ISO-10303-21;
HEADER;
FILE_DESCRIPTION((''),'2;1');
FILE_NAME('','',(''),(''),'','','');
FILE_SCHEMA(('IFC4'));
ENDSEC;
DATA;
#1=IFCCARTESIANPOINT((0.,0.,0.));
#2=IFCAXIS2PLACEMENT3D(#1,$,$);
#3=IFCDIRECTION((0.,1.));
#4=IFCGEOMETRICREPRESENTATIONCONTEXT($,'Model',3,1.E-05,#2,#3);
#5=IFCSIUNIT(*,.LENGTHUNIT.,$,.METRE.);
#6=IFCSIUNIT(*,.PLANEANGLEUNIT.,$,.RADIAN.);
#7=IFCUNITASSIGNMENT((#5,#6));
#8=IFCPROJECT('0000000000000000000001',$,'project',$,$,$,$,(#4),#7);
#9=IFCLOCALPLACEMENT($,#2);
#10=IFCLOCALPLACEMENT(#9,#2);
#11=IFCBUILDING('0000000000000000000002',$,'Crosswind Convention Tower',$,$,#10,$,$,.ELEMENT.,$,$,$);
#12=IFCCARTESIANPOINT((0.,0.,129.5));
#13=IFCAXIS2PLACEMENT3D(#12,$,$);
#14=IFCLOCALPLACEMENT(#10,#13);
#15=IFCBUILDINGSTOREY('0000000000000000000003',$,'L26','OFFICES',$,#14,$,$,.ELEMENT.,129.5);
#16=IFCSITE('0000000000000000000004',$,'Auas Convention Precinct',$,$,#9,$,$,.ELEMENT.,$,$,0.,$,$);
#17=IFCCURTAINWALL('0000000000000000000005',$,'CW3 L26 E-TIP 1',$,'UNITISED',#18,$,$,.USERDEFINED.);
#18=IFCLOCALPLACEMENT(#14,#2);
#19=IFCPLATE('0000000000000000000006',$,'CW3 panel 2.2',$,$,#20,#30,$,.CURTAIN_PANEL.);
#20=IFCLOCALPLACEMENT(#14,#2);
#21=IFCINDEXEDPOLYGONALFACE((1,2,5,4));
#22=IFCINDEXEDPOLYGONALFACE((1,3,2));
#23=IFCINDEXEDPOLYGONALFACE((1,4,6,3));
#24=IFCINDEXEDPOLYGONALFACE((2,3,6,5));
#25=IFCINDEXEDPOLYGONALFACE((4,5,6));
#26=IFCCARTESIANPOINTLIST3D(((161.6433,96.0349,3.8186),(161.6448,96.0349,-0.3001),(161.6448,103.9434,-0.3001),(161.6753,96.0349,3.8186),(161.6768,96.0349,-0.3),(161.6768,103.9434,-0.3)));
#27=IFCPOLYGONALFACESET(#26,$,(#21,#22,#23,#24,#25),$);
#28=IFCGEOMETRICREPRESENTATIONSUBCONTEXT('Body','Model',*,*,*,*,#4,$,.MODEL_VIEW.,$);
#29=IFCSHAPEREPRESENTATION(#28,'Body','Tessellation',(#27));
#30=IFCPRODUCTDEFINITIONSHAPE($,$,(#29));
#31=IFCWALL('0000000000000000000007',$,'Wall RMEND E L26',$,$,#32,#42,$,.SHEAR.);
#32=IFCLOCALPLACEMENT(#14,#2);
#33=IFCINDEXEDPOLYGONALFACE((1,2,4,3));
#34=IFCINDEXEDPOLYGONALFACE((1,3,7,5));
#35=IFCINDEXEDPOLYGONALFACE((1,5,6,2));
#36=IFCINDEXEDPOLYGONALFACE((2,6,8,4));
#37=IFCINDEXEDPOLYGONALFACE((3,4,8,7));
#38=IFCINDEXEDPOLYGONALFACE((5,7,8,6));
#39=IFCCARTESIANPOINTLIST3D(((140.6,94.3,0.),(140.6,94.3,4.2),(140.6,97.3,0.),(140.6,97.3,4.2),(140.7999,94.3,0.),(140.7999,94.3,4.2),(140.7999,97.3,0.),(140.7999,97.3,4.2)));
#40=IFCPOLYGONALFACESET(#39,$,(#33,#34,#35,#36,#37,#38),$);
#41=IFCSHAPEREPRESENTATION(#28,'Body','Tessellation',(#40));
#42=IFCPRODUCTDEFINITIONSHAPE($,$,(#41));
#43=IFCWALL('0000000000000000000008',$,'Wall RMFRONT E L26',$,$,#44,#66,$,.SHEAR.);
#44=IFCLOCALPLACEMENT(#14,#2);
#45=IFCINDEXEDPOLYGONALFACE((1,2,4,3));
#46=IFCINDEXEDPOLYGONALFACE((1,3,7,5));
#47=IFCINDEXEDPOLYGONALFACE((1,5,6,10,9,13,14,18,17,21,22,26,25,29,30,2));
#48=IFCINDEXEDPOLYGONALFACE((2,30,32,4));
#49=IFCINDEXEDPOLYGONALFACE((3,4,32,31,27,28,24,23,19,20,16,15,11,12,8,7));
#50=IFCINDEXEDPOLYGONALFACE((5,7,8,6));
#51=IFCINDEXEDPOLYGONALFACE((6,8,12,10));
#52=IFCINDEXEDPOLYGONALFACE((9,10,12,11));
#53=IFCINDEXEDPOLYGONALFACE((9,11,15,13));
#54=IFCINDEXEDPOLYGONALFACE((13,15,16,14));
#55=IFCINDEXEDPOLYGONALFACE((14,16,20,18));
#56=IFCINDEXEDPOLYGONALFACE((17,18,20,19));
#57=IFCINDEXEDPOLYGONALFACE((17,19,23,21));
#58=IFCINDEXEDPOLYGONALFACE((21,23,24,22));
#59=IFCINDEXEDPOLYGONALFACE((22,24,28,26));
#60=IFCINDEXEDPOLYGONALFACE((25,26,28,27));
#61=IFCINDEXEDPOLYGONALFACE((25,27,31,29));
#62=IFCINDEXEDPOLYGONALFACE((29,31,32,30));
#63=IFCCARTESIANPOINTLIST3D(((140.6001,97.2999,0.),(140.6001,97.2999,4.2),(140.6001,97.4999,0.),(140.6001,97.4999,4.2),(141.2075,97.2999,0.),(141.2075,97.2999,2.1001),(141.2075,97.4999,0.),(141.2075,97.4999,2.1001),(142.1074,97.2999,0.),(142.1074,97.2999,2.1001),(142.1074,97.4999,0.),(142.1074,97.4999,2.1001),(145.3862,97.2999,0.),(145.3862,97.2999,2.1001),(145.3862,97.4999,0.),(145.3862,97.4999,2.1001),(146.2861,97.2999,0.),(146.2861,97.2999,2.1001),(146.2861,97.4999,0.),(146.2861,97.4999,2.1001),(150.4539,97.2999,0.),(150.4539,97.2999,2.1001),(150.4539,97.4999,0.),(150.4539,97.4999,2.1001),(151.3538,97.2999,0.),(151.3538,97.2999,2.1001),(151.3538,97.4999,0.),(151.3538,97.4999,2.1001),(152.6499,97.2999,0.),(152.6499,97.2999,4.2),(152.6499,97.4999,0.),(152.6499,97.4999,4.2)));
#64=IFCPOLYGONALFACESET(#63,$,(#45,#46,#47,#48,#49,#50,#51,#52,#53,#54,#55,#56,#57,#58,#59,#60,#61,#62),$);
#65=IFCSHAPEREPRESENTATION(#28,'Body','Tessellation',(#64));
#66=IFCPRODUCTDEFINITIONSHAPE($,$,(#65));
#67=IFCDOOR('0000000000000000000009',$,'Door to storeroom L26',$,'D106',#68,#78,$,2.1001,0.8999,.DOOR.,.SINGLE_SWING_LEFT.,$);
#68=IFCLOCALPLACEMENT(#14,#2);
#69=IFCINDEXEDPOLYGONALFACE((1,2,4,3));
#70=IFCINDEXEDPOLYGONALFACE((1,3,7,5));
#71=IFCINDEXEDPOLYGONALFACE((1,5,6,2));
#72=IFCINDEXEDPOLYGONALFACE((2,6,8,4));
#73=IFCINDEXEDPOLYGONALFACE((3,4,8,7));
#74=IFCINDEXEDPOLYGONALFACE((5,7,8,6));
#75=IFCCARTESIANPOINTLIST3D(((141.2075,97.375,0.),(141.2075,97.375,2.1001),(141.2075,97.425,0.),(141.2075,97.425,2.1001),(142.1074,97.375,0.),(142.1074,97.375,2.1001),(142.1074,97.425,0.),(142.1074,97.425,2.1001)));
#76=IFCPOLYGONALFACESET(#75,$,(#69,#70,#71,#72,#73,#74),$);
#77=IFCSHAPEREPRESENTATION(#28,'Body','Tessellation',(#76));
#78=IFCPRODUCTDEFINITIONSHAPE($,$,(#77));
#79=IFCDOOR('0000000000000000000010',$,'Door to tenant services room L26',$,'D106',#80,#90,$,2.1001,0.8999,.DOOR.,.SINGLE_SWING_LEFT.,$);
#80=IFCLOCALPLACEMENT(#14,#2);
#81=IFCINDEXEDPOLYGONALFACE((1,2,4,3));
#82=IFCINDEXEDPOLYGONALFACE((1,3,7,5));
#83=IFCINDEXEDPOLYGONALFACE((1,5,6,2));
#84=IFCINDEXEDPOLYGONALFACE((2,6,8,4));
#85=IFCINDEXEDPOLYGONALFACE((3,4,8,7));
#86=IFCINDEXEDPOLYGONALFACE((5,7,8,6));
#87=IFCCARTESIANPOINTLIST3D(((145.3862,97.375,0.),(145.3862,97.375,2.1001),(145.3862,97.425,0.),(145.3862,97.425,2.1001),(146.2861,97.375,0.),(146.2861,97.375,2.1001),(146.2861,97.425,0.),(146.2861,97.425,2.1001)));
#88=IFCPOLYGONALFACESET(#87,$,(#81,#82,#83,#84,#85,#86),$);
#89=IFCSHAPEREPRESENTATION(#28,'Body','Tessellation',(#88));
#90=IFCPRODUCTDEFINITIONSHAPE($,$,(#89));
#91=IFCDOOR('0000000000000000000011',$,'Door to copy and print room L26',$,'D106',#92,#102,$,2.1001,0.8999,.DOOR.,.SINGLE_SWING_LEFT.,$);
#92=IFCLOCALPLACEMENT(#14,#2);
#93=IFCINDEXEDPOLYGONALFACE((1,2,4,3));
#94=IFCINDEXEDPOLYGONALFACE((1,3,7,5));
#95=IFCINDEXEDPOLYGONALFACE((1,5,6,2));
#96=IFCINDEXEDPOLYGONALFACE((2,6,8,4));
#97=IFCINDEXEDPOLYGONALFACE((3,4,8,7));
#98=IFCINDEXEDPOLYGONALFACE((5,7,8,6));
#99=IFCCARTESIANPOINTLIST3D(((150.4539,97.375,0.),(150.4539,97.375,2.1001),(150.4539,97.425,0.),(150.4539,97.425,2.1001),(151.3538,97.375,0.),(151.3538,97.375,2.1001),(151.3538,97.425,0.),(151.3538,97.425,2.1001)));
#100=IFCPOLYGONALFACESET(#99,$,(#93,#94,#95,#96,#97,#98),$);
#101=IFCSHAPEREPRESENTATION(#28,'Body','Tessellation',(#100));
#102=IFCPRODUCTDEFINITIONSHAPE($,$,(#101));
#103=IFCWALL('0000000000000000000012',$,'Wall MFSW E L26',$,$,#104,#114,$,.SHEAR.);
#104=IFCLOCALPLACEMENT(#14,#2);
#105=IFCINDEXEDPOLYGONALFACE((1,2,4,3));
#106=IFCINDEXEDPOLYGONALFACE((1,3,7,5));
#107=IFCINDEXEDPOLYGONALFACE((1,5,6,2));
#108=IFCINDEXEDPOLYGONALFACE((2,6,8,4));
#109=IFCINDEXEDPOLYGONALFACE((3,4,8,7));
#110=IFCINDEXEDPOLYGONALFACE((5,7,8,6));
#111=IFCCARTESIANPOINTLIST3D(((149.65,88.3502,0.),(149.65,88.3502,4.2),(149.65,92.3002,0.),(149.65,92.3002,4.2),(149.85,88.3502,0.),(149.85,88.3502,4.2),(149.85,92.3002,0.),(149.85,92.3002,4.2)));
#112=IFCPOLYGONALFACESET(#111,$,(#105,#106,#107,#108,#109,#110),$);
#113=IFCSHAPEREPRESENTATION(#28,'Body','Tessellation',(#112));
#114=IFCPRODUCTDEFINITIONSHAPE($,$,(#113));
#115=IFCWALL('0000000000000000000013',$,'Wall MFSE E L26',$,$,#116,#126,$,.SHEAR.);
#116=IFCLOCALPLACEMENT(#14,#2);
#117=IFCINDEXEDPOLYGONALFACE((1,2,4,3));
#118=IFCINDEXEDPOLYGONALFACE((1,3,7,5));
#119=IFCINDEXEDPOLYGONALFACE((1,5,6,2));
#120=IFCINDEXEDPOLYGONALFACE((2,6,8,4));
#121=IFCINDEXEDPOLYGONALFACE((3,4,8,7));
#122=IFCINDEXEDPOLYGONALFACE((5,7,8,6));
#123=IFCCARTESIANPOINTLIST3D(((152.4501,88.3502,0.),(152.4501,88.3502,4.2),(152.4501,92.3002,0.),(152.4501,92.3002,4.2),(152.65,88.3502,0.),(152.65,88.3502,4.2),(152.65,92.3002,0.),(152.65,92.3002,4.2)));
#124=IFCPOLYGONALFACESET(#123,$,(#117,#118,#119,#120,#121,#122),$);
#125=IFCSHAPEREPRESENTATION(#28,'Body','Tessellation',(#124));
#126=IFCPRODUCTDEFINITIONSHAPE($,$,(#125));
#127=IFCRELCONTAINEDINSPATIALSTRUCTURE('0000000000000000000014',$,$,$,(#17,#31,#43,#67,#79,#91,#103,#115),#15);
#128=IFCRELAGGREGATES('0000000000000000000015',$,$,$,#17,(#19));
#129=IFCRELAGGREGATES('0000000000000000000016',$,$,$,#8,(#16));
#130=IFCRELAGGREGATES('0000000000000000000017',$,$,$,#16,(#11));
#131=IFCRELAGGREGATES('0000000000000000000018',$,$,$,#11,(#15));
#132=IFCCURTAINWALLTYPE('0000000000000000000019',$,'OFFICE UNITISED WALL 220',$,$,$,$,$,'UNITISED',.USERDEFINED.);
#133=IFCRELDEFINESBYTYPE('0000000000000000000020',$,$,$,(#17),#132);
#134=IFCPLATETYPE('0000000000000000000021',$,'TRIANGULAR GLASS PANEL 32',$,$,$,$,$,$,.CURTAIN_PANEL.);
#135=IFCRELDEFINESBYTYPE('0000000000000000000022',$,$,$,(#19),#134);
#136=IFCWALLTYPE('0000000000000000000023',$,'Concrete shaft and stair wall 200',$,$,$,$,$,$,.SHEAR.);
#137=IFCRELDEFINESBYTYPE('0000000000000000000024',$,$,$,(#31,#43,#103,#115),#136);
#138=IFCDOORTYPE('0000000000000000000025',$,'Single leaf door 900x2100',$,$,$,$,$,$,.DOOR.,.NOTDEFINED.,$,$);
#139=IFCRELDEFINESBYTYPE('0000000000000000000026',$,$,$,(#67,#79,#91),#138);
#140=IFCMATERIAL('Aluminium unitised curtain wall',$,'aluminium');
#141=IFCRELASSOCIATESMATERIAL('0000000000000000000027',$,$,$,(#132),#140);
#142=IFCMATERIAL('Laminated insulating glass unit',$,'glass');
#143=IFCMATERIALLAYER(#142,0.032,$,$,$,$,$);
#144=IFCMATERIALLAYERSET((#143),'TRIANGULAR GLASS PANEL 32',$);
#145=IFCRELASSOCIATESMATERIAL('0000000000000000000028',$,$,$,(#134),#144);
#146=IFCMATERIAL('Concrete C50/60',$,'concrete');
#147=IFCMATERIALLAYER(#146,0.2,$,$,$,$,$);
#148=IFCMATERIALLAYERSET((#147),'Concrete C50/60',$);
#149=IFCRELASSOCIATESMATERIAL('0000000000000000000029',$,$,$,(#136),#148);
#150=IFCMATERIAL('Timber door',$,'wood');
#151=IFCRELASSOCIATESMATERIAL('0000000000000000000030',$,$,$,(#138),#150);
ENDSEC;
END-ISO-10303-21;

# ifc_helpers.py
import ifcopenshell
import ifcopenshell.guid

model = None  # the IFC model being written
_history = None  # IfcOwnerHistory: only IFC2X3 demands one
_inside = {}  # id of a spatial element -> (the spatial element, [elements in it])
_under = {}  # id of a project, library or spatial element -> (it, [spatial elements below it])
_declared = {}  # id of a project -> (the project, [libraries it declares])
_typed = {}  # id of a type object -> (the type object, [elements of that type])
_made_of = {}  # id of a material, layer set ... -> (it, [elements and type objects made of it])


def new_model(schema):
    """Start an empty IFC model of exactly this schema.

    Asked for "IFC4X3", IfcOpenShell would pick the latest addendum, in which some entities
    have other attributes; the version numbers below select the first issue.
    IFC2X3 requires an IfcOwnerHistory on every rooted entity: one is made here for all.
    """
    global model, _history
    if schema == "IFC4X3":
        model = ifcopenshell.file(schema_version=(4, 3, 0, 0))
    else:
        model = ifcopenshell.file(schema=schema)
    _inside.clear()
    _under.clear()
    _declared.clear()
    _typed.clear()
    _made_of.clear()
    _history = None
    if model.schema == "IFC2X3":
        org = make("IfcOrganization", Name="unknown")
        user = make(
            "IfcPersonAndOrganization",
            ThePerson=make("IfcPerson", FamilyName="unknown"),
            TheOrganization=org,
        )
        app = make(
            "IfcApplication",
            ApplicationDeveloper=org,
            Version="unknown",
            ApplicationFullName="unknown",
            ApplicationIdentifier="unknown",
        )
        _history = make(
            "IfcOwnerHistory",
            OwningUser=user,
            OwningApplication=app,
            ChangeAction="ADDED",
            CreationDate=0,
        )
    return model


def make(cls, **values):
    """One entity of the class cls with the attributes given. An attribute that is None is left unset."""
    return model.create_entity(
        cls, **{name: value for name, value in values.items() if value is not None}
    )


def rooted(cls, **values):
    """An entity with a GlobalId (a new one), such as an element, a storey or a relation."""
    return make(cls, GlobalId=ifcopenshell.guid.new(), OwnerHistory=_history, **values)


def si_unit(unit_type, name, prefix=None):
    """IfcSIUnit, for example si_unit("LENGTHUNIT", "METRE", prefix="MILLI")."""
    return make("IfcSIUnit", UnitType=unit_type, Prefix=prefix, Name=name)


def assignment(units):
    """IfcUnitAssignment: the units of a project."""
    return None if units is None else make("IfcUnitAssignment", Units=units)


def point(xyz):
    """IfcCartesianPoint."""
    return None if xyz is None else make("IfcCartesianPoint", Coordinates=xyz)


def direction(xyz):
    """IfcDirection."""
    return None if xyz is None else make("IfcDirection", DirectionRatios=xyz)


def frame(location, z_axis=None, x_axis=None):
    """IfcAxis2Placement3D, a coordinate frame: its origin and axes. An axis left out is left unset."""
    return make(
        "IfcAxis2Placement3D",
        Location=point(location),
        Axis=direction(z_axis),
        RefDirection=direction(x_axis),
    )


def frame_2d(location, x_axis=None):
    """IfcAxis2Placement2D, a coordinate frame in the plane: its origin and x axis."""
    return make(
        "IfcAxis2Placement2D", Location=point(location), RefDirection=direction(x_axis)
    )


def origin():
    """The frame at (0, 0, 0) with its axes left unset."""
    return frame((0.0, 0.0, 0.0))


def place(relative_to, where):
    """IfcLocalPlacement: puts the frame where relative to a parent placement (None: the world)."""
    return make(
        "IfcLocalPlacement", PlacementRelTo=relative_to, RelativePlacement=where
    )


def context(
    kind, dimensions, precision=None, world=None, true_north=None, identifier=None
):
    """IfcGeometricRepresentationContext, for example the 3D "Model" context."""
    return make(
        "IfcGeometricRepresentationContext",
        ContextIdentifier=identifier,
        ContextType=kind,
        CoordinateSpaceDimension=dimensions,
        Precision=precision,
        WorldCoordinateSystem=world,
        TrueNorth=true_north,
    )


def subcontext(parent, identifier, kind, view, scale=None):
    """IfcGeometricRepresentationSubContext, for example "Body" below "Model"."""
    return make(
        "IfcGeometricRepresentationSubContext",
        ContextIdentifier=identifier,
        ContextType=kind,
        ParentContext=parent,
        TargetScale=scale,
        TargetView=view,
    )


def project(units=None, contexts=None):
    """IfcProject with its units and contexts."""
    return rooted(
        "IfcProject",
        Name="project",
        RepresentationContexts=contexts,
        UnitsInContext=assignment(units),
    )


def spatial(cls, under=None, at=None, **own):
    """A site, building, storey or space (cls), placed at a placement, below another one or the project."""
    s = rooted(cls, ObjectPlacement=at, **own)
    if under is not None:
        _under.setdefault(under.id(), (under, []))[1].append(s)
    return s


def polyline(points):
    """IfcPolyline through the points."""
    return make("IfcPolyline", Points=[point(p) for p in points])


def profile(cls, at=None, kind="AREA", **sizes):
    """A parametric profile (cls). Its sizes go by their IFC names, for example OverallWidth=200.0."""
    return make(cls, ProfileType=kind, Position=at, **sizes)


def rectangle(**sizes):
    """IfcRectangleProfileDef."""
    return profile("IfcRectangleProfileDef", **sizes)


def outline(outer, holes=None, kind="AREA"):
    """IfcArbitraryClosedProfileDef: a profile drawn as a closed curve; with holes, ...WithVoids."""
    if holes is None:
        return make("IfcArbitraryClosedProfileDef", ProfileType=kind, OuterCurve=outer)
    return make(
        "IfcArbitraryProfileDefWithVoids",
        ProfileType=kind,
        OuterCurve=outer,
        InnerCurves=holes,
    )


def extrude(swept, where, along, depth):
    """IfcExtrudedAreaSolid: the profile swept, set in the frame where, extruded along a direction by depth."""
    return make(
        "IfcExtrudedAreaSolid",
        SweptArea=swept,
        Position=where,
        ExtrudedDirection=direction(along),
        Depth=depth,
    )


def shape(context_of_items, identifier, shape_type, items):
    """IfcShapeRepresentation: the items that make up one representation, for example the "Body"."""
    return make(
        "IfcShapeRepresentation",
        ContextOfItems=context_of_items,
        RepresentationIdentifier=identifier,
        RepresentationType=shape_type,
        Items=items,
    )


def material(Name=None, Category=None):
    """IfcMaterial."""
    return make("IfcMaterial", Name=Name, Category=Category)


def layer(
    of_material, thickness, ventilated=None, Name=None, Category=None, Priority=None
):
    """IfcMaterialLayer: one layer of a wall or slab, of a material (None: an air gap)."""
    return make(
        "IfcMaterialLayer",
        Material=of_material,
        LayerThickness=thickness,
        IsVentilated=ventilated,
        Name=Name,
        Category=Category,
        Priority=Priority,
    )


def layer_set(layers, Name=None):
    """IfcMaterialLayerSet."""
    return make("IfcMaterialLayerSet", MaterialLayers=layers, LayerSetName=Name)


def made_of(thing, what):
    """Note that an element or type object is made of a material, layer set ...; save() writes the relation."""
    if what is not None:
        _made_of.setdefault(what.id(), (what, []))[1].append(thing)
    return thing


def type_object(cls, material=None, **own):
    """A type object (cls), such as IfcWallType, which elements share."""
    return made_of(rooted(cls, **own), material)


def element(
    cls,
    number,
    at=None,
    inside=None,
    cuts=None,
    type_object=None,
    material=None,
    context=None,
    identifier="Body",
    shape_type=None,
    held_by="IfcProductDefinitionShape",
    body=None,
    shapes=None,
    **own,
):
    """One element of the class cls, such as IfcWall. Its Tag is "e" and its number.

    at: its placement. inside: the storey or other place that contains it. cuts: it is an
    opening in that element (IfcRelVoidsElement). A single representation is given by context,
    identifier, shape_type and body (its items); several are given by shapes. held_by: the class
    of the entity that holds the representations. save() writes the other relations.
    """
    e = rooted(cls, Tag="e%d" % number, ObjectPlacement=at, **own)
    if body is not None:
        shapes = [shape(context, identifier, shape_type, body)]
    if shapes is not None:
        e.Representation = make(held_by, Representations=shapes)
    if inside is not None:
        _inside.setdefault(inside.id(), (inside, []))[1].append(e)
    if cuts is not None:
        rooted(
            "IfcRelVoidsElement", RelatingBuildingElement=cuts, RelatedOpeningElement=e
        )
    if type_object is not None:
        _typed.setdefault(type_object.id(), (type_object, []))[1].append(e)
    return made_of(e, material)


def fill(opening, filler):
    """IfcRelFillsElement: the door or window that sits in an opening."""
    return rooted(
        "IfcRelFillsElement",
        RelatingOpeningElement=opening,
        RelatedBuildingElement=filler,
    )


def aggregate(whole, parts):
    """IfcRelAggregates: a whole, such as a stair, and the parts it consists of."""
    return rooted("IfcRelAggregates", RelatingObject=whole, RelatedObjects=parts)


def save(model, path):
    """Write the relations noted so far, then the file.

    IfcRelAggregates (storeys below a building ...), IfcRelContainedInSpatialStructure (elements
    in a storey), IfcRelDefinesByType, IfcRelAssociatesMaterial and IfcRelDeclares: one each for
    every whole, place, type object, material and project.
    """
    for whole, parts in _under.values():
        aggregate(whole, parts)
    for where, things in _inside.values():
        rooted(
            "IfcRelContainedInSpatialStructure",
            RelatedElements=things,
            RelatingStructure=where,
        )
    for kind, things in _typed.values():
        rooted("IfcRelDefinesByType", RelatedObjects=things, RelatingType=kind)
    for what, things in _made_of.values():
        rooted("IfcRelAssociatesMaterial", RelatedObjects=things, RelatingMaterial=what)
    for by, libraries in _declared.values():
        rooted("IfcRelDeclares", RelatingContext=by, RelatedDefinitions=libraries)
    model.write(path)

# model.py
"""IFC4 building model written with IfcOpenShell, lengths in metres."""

from ifc_helpers import new_model, si_unit, direction, frame, frame_2d, origin, place, context, subcontext, project, spatial, polyline, rectangle, outline, extrude, material, layer, layer_set, type_object, element, fill, aggregate, save


model = new_model("IFC4")

# Units and contexts
model_context = context("Model", 3, precision=1e-05, world=origin(), true_north=direction((0.0, 1.0)))
body_context = subcontext(model_context, "Body", "Model", "MODEL_VIEW")
ifc_project = project(units=[si_unit("LENGTHUNIT", "METRE"), si_unit("PLANEANGLEUNIT", "RADIAN")], contexts=[model_context])

# Site, building, storey
site_placement = place(None, origin())
site = spatial("IfcSite", under=ifc_project, at=site_placement, Name="Auas Convention Precinct", CompositionType="ELEMENT", RefElevation=0.0)
building_placement = place(site_placement, origin())
building = spatial("IfcBuilding", under=site, at=building_placement, Name="Crosswind Convention Tower", CompositionType="ELEMENT")
storey_placement = place(building_placement, frame((0.0, 0.0, 129.5)))
storey = spatial("IfcBuildingStorey", under=building, at=storey_placement, Name="L26", Description="OFFICES", CompositionType="ELEMENT", Elevation=129.5)

# Curtain wall
ifc_material_1 = material(Name="Aluminium unitised curtain wall", Category="aluminium")
curtain_wall_type = type_object("IfcCurtainWallType", Name="OFFICE UNITISED WALL 220", ElementType="UNITISED", PredefinedType="USERDEFINED", material=ifc_material_1)
curtain_wall_placement = place(storey_placement, origin())
curtain_wall = element("IfcCurtainWall", 1, at=curtain_wall_placement, inside=storey, type_object=curtain_wall_type, Name="CW3 L26 E-TIP 1", ObjectType="UNITISED", PredefinedType="USERDEFINED")

# Plate
ifc_material_2 = material(Name="Laminated insulating glass unit", Category="glass")
ifc_layer_1 = layer(ifc_material_2, 0.032)
ifc_layer_set_1 = layer_set([ifc_layer_1], Name="TRIANGULAR GLASS PANEL 32")
plate_type = type_object("IfcPlateType", Name="TRIANGULAR GLASS PANEL 32", PredefinedType="CURTAIN_PANEL", material=ifc_layer_set_1)
plate_1_placement = place(storey_placement, frame((161.6768, 96.0349, -0.3), z_axis=(1.0, 0.0, 0.000356), x_axis=(0.0, 1.0, 0.0)))
plate_1 = element("IfcPlate", 2, at=plate_1_placement, type_object=plate_type, Name="CW3 panel 2.2", PredefinedType="CURTAIN_PANEL", context=body_context, shape_type="SweptSolid", body=[
    extrude(outline(polyline([(0.0, 0.0), (7.9084, 0.0), (0.0, 4.1187), (0.0, 0.0)])), origin(), (0.0, 0.0, -1.0), 0.032),
])
aggregate(curtain_wall, [plate_1])

# Wall
ifc_material_3 = material(Name="Concrete C50/60", Category="concrete")
ifc_layer_2 = layer(ifc_material_3, 0.2)
ifc_layer_set_2 = layer_set([ifc_layer_2], Name="Concrete C50/60")
wall_type_1 = type_object("IfcWallType", Name="Concrete shaft and stair wall 200", PredefinedType="SHEAR", material=ifc_layer_set_2)
wall_1_placement = place(storey_placement, frame((140.7, 94.3, 0.0), z_axis=(0.0, 0.0, 1.0), x_axis=(0.0, 1.0, 0.0)))
element("IfcWall", 3, at=wall_1_placement, inside=storey, type_object=wall_type_1, Name="Wall RMEND E L26", PredefinedType="SHEAR", context=body_context, shape_type="SweptSolid", body=[
    extrude(rectangle(XDim=3.0, YDim=0.2, at=frame_2d((1.5, 0.0))), origin(), (0.0, 0.0, 1.0), 4.2),
])

# Wall, openings, doors
wall_2_placement = place(storey_placement, frame((140.6001, 97.3999, 0.0), z_axis=(0.0, 0.0, 1.0), x_axis=(1.0, 0.0, 0.0)))
wall_2 = element("IfcWall", 4, at=wall_2_placement, inside=storey, type_object=wall_type_1, Name="Wall RMFRONT E L26", PredefinedType="SHEAR", context=body_context, shape_type="SweptSolid", body=[
    extrude(rectangle(XDim=12.0498, YDim=0.2, at=frame_2d((6.0249, 0.0))), origin(), (0.0, 0.0, 1.0), 4.2),
])
opening_1_placement = place(wall_2_placement, frame((0.6074, 0.0, 0.0)))
opening_1 = element("IfcOpeningElement", 5, at=opening_1_placement, cuts=wall_2, PredefinedType="OPENING", context=body_context, shape_type="SweptSolid", body=[
    extrude(rectangle(XDim=0.8999, YDim=2.1001, at=frame_2d((0.45, 1.05))), frame((0.0, 0.1099, 0.0), z_axis=(0.0, -1.0, 0.0), x_axis=(1.0, 0.0, 0.0)), (0.0, 0.0, 1.0), 0.22),
])
opening_2_placement = place(wall_2_placement, frame((4.7861, 0.0, 0.0)))
opening_2 = element("IfcOpeningElement", 6, at=opening_2_placement, cuts=wall_2, PredefinedType="OPENING", context=body_context, shape_type="SweptSolid", body=[
    extrude(rectangle(XDim=0.8999, YDim=2.1001, at=frame_2d((0.45, 1.05))), frame((0.0, 0.1099, 0.0), z_axis=(0.0, -1.0, 0.0), x_axis=(1.0, 0.0, 0.0)), (0.0, 0.0, 1.0), 0.22),
])
opening_3_placement = place(wall_2_placement, frame((9.8538, 0.0, 0.0)))
opening_3 = element("IfcOpeningElement", 7, at=opening_3_placement, cuts=wall_2, PredefinedType="OPENING", context=body_context, shape_type="SweptSolid", body=[
    extrude(rectangle(XDim=0.8999, YDim=2.1001, at=frame_2d((0.45, 1.05))), frame((0.0, 0.1099, 0.0), z_axis=(0.0, -1.0, 0.0), x_axis=(1.0, 0.0, 0.0)), (0.0, 0.0, 1.0), 0.22),
])
ifc_material_4 = material(Name="Timber door", Category="wood")
door_type_1 = type_object("IfcDoorType", Name="Single leaf door 900x2100", OperationType="NOTDEFINED", PredefinedType="DOOR", material=ifc_material_4)
door_1_placement = place(opening_1_placement, frame((0.8999, 0.0, 0.0), z_axis=(0.0, 0.0, 1.0), x_axis=(-1.0, 0.0, 0.0)))
door_1 = element("IfcDoor", 8, at=door_1_placement, inside=storey, type_object=door_type_1, Name="Door to storeroom L26", ObjectType="D106", OperationType="SINGLE_SWING_LEFT", OverallHeight=2.1001, OverallWidth=0.8999, PredefinedType="DOOR", context=body_context, shape_type="SweptSolid", body=[
    extrude(rectangle(XDim=0.8999, YDim=2.1001, at=frame_2d((0.45, 1.05))), frame((0.0, 0.0249, 0.0), z_axis=(0.0, -1.0, 0.0), x_axis=(1.0, 0.0, 0.0)), (0.0, 0.0, 1.0), 0.05),
])
fill(opening_1, door_1)
door_2_placement = place(opening_2_placement, frame((0.8999, 0.0, 0.0), z_axis=(0.0, 0.0, 1.0), x_axis=(-1.0, 0.0, 0.0)))
door_2 = element("IfcDoor", 9, at=door_2_placement, inside=storey, type_object=door_type_1, Name="Door to tenant services room L26", ObjectType="D106", OperationType="SINGLE_SWING_LEFT", OverallHeight=2.1001, OverallWidth=0.8999, PredefinedType="DOOR", context=body_context, shape_type="SweptSolid", body=[
    extrude(rectangle(XDim=0.8999, YDim=2.1001, at=frame_2d((0.45, 1.05))), frame((0.0, 0.0249, 0.0), z_axis=(0.0, -1.0, 0.0), x_axis=(1.0, 0.0, 0.0)), (0.0, 0.0, 1.0), 0.05),
])
fill(opening_2, door_2)
door_3_placement = place(opening_3_placement, frame((0.8999, 0.0, 0.0), z_axis=(0.0, 0.0, 1.0), x_axis=(-1.0, 0.0, 0.0)))
door_3 = element("IfcDoor", 10, at=door_3_placement, inside=storey, type_object=door_type_1, Name="Door to copy and print room L26", ObjectType="D106", OperationType="SINGLE_SWING_LEFT", OverallHeight=2.1001, OverallWidth=0.8999, PredefinedType="DOOR", context=body_context, shape_type="SweptSolid", body=[
    extrude(rectangle(XDim=0.8999, YDim=2.1001, at=frame_2d((0.45, 1.05))), frame((0.0, 0.0249, 0.0), z_axis=(0.0, -1.0, 0.0), x_axis=(1.0, 0.0, 0.0)), (0.0, 0.0, 1.0), 0.05),
])
fill(opening_3, door_3)

# Walls
for number, where, z_axis, x_axis, name in (
    (11, (149.75, 88.3501, 0.0), (0.0, 0.0, 1.0), (0.0, 1.0, 0.0), "Wall MFSW E L26"),
    (12, (152.55, 88.3501, 0.0), (0.0, 0.0, 1.0), (0.0, 1.0, 0.0), "Wall MFSE E L26"),
):
    element("IfcWall", number, at=place(storey_placement, frame(where, z_axis=z_axis, x_axis=x_axis)), inside=storey, type_object=wall_type_1, Name=name, PredefinedType="SHEAR", context=body_context, shape_type="SweptSolid", body=[
        extrude(rectangle(XDim=3.95, YDim=0.2, at=frame_2d((1.9751, 0.0))), origin(), (0.0, 0.0, 1.0), 4.2),
    ])

save(model, "model.ifc")
